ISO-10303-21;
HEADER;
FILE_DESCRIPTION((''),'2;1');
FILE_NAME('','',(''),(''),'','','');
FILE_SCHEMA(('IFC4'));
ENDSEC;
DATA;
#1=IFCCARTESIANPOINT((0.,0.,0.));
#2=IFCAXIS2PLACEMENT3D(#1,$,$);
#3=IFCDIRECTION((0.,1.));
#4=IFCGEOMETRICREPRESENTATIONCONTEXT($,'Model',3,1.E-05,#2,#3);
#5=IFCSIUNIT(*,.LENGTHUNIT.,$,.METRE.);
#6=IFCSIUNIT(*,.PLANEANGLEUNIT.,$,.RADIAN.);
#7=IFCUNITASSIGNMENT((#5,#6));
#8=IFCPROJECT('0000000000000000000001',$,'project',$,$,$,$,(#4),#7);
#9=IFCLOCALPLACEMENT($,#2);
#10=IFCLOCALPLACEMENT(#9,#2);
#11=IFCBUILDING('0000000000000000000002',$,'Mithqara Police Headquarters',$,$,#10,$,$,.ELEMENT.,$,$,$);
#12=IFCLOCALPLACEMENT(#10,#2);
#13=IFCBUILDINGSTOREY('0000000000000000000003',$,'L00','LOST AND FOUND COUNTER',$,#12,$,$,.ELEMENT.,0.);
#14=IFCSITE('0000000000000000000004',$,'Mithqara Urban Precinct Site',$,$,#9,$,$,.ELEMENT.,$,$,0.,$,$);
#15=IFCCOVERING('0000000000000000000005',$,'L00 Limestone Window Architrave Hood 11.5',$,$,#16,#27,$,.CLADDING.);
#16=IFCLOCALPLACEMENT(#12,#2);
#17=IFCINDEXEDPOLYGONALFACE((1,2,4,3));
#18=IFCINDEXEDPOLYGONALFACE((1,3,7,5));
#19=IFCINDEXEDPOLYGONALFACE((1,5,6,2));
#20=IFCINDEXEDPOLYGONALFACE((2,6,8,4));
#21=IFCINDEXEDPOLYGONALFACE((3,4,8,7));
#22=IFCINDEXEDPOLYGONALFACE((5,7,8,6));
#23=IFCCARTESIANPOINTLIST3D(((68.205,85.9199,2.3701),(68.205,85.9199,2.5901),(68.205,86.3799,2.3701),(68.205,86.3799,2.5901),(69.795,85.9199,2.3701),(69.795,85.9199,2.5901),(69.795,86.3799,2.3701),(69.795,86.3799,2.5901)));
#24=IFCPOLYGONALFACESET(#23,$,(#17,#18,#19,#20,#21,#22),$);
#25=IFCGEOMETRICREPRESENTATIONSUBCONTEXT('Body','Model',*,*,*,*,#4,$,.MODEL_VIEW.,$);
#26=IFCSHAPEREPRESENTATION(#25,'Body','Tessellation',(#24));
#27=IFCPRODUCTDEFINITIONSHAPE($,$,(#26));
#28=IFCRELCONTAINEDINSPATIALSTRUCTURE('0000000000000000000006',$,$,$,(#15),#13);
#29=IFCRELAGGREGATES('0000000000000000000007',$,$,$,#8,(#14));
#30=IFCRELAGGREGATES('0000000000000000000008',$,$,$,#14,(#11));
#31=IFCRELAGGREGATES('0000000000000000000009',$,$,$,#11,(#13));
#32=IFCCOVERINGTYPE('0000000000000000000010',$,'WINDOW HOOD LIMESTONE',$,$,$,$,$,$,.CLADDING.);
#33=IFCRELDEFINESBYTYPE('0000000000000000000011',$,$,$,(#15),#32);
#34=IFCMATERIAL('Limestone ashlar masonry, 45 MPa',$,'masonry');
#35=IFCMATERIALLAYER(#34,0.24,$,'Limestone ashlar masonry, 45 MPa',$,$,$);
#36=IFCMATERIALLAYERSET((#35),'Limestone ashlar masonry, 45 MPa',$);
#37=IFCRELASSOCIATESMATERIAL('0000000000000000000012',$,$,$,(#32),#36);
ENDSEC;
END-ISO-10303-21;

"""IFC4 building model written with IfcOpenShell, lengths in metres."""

from ifc_helpers import new_model, si_unit, direction, frame, origin, origin_2d, place, context, subcontext, project, spatial, rectangle, extrude, material, layer, layer_set, type_object, element, save


model = new_model("IFC4")

# Units and contexts
model_context = context("Model", 3, precision=1e-05, world=origin(), true_north=direction((0.0, 1.0)))
body_context = subcontext(model_context, "Body", "Model", "MODEL_VIEW")
ifc_project = project(units=[si_unit("LENGTHUNIT", "METRE"), si_unit("PLANEANGLEUNIT", "RADIAN")], contexts=[model_context])

# Site, building, storey
site_placement = place(None, origin())
site = spatial("IfcSite", under=ifc_project, at=site_placement, Name="Mithqara Urban Precinct Site", CompositionType="ELEMENT", RefElevation=0.0)
building_placement = place(site_placement, origin())
building = spatial("IfcBuilding", under=site, at=building_placement, Name="Mithqara Police Headquarters", CompositionType="ELEMENT")
storey_placement = place(building_placement, origin())
storey = spatial("IfcBuildingStorey", under=building, at=storey_placement, Name="L00", Description="LOST AND FOUND COUNTER", CompositionType="ELEMENT", Elevation=0.0)

# Shared definitions
ifc_material_1 = material(Name="Limestone ashlar masonry, 45 MPa", Category="masonry")

# Covering
ifc_layer_1 = layer(ifc_material_1, 0.24, Name="Limestone ashlar masonry, 45 MPa")
ifc_layer_set_1 = layer_set([ifc_layer_1], Name="Limestone ashlar masonry, 45 MPa")
covering_type_1 = type_object("IfcCoveringType", Name="WINDOW HOOD LIMESTONE", PredefinedType="CLADDING", material=ifc_layer_set_1)
for number, where, z_axis, x_axis, name in (
    (1, (69.0, 86.1499, 2.3701), (0.0, 0.0, 1.0), (1.0, 0.0, 0.0), "L00 Limestone Window Architrave Hood 11.5"),
):
    element("IfcCovering", number, at=place(storey_placement, frame(where, z_axis=z_axis, x_axis=x_axis)), inside=storey, type_object=covering_type_1, Name=name, PredefinedType="CLADDING", context=body_context, shape_type="SweptSolid", body=[
        extrude(rectangle(XDim=1.5901, YDim=0.46, at=origin_2d()), origin(), (0.0, 0.0, 1.0), 0.22),
    ])

save(model, "model.ifc")
